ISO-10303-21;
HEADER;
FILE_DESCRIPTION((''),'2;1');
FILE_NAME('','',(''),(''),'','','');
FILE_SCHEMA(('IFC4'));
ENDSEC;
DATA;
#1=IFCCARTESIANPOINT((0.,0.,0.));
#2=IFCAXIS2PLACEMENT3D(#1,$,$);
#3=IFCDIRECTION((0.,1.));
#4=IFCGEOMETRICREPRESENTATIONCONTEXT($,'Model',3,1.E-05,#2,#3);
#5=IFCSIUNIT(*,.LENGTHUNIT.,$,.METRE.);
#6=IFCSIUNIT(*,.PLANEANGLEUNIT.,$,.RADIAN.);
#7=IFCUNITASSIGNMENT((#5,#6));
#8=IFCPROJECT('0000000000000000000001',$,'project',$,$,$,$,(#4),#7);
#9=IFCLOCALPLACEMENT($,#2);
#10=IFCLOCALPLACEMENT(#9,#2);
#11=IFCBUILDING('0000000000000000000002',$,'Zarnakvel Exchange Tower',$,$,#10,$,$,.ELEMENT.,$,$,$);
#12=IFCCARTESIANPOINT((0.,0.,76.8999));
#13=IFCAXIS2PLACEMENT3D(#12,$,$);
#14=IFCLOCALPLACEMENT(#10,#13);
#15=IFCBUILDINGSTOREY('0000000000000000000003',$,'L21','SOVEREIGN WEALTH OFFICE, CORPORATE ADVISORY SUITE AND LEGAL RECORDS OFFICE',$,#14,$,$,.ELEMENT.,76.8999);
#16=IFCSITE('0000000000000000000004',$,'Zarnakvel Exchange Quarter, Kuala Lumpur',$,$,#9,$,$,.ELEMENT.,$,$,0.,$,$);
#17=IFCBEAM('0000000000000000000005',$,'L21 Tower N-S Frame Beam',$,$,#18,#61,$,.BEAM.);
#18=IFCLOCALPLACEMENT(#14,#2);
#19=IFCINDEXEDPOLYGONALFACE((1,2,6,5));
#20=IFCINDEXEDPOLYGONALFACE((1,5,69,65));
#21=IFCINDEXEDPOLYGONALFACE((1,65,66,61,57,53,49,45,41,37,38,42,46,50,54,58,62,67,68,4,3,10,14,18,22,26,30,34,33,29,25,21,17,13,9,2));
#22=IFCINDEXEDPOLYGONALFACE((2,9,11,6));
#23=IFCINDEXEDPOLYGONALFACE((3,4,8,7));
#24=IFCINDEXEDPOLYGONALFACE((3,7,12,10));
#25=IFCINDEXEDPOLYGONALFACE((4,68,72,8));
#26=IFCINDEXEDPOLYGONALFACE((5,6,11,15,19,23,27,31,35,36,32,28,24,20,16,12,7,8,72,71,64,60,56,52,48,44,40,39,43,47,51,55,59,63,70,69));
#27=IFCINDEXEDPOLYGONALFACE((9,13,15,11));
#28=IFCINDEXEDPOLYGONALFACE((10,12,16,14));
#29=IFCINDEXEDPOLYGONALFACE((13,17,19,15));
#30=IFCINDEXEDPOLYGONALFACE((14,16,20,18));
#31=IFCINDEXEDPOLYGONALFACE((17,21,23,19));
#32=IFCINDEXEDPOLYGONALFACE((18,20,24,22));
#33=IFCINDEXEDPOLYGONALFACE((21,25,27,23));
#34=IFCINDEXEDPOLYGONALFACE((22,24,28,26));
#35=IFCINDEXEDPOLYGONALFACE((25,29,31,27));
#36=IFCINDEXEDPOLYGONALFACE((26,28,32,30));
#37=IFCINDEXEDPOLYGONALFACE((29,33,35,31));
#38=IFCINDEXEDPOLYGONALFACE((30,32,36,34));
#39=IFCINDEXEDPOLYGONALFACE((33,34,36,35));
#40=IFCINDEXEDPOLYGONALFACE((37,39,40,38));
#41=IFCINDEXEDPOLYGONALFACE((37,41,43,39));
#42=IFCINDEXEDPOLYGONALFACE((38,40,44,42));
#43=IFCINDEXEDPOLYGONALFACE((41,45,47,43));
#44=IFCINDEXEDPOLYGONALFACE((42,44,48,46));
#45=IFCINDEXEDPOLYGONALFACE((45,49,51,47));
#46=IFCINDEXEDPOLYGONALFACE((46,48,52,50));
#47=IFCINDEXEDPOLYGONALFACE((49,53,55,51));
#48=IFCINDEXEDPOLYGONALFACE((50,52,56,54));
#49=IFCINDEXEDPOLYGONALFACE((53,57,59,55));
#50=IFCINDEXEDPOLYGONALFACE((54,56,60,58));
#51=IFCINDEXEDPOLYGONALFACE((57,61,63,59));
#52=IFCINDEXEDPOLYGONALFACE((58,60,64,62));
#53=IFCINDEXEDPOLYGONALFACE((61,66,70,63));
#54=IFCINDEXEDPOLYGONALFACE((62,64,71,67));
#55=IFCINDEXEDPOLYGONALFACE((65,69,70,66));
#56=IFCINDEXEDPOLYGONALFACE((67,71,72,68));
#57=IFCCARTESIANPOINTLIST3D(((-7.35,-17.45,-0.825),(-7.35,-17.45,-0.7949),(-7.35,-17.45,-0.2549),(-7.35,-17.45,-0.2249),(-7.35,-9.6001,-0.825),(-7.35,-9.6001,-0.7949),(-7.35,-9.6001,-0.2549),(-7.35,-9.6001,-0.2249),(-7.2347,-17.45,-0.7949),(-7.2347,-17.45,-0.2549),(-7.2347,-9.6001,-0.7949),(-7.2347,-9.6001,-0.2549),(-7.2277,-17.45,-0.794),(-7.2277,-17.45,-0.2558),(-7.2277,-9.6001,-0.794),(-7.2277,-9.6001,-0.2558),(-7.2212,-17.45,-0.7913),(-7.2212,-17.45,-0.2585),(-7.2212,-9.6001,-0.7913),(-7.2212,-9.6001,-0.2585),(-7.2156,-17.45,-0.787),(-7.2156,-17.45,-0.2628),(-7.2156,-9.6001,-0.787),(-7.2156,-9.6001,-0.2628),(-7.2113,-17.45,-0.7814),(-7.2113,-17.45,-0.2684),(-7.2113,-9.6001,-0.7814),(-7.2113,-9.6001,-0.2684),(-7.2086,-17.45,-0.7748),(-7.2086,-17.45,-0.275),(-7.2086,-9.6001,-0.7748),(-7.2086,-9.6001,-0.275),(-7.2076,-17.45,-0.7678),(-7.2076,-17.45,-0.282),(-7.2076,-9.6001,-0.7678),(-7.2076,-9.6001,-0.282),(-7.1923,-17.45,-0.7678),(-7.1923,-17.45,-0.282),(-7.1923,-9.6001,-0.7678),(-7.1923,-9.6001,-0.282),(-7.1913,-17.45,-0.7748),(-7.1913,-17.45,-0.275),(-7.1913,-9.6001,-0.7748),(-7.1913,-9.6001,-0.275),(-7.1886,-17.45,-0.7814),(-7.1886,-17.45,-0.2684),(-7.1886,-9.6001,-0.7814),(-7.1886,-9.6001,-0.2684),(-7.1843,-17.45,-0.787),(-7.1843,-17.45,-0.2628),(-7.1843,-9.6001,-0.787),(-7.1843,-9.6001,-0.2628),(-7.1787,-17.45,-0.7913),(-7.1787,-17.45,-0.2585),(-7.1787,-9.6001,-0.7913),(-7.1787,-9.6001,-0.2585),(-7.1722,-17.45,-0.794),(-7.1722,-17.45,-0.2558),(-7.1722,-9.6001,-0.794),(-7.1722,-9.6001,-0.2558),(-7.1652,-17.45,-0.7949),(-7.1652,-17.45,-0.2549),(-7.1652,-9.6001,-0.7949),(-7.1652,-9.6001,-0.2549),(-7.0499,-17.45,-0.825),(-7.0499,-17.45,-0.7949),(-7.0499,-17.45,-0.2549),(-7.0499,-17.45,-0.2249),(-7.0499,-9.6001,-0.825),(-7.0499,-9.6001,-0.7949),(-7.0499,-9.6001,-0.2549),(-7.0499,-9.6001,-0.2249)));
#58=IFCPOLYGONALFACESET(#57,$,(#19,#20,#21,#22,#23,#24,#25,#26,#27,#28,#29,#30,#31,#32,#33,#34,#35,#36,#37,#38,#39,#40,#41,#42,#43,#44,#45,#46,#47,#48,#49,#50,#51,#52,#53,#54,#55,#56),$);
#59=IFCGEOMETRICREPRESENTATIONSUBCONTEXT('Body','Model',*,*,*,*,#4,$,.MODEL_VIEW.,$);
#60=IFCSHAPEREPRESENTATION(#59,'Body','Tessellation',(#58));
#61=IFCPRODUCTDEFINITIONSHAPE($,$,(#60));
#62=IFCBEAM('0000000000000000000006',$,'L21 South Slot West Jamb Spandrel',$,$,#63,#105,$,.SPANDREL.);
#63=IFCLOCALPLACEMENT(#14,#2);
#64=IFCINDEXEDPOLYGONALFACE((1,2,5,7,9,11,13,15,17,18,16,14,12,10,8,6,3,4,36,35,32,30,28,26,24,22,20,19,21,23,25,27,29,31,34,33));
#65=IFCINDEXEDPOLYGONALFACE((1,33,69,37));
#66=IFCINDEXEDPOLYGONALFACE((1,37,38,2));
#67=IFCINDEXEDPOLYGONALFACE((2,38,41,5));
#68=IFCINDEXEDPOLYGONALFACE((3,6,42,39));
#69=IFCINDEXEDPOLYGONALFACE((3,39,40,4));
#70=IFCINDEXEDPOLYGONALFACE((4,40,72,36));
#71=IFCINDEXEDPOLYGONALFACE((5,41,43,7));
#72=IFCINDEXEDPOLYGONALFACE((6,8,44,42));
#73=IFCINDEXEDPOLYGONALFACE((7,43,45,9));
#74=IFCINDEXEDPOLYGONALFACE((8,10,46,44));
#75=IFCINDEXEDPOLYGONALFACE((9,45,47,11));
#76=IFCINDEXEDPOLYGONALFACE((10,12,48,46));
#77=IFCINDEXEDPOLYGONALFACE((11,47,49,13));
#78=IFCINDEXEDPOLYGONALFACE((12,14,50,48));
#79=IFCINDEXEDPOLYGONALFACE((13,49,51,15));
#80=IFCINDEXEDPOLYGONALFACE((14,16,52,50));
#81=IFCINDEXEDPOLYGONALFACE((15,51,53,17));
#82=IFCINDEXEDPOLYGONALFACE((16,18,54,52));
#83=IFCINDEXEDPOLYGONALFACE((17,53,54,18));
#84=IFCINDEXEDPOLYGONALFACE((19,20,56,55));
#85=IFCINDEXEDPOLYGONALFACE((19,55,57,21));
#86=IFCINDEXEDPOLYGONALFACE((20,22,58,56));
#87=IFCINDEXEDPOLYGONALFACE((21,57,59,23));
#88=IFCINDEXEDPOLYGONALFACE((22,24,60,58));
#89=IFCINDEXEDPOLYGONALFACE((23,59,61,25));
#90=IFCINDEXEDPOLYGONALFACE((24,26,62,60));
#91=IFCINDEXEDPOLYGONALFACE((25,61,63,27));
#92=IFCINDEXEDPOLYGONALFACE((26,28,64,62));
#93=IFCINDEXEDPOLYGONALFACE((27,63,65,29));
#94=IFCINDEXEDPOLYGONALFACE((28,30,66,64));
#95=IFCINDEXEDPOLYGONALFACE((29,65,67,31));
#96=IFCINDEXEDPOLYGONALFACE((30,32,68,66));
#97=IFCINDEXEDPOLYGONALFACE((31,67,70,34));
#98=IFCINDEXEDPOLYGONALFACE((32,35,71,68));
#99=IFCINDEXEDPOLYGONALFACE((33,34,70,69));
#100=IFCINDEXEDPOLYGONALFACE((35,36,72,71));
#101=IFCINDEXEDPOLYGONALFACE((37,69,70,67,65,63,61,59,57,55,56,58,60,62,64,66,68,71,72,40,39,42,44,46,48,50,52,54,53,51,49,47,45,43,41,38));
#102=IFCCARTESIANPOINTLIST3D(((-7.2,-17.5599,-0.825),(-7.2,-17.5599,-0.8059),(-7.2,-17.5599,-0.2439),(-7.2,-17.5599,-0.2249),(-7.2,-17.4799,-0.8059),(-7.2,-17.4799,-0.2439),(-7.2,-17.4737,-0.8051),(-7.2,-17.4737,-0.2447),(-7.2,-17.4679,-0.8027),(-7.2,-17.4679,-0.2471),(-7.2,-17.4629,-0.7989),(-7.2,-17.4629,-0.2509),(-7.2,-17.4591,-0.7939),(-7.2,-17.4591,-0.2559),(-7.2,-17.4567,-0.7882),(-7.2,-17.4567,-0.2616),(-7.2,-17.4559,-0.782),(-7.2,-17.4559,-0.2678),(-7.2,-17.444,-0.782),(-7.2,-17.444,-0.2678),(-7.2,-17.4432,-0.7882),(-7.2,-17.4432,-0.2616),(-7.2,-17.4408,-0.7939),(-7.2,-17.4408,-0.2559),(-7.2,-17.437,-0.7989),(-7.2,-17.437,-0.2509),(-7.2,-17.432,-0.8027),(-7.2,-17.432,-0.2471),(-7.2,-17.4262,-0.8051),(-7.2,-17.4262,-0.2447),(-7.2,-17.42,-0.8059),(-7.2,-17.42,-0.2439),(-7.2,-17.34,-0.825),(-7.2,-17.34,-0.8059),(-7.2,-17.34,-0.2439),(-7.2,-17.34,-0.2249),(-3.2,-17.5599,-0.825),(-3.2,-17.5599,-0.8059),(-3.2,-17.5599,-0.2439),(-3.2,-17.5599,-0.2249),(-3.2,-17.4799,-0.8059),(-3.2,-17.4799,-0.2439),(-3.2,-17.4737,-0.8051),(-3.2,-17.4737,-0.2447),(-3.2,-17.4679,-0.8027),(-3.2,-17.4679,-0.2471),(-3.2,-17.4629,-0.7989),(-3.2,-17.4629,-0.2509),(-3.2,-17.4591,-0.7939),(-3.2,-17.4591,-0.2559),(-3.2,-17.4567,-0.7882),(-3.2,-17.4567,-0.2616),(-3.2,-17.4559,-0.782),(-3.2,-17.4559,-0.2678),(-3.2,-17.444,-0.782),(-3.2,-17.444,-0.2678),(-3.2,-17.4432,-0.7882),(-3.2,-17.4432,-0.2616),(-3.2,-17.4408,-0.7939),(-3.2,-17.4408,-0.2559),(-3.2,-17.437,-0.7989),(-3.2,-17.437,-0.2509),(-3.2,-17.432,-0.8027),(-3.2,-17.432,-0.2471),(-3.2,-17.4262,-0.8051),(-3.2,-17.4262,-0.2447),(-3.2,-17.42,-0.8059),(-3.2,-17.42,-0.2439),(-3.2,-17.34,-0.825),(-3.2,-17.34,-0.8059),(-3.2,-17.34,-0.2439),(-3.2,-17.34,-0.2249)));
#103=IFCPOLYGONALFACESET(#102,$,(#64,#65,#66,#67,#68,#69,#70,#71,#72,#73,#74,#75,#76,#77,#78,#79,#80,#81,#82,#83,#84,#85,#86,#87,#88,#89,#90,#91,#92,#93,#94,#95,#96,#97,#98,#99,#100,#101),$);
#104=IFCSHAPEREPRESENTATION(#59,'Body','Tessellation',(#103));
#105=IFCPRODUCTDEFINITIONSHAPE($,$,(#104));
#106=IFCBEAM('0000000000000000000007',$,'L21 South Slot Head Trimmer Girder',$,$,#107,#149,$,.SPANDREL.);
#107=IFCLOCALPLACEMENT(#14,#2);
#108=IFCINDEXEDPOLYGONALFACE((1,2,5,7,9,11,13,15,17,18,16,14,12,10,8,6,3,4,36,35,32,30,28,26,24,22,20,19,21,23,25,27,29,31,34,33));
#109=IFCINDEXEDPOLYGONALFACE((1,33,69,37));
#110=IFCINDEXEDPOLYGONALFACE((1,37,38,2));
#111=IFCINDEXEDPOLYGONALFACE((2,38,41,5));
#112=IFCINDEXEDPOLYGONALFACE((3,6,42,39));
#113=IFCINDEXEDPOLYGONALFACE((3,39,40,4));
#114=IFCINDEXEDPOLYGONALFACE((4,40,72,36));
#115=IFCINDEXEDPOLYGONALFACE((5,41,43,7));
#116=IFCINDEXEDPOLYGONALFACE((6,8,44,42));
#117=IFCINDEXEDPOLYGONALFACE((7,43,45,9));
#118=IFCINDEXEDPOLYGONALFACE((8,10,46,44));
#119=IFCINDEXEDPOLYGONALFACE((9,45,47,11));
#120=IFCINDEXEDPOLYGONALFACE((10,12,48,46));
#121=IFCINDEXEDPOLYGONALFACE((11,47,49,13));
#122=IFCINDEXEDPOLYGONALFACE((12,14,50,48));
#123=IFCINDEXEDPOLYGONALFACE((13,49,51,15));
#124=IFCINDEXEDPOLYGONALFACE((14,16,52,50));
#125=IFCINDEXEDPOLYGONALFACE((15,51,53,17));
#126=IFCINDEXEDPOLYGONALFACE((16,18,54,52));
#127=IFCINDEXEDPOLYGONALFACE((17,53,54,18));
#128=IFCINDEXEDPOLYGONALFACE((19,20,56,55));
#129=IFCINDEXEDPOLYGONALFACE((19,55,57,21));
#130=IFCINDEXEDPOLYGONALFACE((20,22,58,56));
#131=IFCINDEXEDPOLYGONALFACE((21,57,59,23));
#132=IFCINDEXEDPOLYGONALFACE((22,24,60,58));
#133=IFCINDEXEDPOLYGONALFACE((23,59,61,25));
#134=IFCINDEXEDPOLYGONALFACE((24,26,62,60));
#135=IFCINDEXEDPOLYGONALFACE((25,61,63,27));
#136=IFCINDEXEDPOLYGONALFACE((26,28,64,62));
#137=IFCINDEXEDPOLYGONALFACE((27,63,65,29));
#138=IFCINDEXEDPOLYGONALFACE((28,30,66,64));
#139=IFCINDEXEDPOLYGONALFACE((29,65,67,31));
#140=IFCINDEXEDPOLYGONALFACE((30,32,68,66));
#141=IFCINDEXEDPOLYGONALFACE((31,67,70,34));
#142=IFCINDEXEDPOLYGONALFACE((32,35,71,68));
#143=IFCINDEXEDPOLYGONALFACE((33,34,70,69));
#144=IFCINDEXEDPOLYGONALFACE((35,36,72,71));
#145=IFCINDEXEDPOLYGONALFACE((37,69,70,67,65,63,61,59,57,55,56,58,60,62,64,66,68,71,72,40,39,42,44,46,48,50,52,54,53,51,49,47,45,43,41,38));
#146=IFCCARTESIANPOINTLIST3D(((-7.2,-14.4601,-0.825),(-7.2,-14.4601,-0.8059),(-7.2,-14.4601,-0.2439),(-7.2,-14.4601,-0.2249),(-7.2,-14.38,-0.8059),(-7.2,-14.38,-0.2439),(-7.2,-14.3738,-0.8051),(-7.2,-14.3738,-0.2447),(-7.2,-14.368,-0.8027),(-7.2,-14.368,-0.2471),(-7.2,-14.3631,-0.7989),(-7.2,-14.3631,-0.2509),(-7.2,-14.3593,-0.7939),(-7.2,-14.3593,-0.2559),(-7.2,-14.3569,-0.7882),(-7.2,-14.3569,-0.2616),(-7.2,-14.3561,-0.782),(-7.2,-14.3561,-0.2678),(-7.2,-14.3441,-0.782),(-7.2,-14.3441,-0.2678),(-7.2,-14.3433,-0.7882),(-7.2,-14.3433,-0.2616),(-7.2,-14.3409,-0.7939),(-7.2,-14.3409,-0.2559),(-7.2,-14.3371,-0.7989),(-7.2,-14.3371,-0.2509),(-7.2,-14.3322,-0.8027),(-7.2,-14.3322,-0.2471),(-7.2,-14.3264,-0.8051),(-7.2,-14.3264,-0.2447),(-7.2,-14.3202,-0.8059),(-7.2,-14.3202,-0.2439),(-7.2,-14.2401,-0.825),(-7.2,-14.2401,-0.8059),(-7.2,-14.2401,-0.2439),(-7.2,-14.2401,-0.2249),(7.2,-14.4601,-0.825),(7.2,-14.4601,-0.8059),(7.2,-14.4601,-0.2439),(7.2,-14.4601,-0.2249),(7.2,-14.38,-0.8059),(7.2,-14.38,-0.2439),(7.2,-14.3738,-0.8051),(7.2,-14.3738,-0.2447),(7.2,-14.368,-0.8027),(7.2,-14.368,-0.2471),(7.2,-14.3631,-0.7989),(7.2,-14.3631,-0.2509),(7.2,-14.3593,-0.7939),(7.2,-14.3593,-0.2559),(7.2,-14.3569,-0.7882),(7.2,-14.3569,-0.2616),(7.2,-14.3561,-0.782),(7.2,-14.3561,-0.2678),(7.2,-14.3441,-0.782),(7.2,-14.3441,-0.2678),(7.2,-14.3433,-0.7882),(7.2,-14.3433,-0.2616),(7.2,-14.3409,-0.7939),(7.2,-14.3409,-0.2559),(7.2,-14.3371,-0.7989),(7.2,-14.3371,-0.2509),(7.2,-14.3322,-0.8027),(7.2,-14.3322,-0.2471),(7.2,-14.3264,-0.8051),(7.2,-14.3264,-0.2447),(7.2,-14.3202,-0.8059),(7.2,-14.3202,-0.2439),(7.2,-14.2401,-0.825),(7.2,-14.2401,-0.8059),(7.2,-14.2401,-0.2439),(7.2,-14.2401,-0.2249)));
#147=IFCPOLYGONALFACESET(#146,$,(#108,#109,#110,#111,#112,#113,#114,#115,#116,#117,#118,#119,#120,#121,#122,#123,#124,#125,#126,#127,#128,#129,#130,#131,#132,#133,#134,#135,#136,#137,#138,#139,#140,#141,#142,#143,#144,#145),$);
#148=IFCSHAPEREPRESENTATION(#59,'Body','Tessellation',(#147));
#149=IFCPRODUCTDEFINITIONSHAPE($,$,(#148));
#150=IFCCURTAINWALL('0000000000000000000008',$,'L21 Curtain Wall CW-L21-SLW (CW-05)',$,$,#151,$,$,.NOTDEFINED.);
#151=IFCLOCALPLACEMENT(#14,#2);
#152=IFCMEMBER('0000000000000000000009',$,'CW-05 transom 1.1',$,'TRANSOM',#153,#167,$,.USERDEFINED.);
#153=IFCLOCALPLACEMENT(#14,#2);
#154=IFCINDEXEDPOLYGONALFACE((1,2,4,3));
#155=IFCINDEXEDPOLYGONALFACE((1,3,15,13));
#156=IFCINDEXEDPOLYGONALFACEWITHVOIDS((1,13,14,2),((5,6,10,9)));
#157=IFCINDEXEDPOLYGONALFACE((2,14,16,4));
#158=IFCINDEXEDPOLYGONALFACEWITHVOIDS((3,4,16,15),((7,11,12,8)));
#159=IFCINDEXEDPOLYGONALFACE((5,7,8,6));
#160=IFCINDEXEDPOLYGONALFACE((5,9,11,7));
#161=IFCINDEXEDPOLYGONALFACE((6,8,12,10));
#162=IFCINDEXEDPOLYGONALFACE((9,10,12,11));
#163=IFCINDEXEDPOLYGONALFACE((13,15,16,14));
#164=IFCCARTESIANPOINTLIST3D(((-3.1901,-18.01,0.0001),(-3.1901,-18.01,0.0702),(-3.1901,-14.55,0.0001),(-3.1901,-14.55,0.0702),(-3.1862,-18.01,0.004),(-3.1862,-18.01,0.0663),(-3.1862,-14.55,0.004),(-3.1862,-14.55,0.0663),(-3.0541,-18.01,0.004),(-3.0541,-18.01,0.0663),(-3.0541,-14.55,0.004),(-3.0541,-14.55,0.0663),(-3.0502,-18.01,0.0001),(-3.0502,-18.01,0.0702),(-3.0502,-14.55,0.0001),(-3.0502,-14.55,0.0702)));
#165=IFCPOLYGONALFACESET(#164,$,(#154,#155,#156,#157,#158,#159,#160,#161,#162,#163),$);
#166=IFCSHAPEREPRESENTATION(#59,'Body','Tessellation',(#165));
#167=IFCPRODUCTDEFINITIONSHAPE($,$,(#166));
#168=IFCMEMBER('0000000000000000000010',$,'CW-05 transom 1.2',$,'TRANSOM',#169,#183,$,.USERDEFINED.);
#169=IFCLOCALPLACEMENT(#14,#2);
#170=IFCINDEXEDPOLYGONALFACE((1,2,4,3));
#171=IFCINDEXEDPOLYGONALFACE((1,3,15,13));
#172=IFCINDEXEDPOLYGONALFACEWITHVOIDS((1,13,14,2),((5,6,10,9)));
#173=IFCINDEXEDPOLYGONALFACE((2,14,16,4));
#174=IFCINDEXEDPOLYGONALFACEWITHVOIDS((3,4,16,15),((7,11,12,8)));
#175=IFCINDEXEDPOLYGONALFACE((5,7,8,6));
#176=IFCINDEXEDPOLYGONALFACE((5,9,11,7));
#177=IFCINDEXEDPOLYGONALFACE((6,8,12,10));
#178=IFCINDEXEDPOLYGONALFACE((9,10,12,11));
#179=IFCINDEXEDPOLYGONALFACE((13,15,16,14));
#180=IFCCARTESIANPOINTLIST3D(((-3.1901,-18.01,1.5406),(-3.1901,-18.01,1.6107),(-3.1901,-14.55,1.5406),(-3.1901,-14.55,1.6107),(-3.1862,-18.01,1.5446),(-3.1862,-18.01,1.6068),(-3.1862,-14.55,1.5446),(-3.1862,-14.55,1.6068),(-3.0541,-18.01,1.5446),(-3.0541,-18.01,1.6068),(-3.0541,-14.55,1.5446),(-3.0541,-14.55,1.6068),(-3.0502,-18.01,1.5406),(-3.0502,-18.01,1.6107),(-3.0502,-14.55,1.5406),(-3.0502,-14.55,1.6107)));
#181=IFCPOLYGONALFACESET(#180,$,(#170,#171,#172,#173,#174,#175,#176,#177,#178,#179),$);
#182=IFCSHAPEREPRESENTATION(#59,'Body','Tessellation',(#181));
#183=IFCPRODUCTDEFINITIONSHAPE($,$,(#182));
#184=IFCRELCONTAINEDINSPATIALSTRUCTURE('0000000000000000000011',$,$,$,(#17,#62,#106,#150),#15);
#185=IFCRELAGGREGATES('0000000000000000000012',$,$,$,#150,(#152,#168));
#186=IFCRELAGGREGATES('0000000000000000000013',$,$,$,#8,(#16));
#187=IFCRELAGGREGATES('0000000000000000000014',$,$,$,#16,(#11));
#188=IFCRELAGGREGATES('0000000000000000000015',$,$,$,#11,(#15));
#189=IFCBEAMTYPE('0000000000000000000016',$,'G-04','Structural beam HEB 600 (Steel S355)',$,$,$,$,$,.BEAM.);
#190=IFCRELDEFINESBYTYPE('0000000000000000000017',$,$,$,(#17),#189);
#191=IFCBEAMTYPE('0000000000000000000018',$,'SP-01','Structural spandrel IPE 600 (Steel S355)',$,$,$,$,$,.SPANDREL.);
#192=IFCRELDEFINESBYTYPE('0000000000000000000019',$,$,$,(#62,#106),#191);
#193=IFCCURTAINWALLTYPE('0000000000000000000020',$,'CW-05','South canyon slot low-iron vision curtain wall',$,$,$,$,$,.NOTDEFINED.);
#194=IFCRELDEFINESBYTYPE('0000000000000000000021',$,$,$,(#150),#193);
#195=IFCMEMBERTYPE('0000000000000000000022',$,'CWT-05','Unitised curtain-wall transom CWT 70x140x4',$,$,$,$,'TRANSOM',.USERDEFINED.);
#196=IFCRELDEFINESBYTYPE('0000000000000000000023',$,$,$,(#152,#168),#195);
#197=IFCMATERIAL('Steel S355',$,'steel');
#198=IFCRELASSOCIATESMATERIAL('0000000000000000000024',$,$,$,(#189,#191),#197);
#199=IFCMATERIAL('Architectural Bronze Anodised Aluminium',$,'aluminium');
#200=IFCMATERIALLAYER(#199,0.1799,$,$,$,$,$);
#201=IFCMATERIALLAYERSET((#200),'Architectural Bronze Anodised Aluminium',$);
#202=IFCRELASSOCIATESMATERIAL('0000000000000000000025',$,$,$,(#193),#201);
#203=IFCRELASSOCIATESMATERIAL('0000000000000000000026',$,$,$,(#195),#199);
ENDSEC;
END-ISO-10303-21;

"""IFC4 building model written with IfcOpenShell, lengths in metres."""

from ifc_helpers import new_model, si_unit, direction, frame, origin, origin_2d, place, context, subcontext, project, spatial, hollow_rectangle, i_section, extrude, source, transform, mapped, material, layer, layer_set, material_profile, profile_set, type_object, element, aggregate, save


model = new_model("IFC4")

# Units and contexts
model_context = context("Model", 3, precision=1e-05, world=origin(), true_north=direction((0.0, 1.0)))
body_context = subcontext(model_context, "Body", "Model", "MODEL_VIEW")
ifc_project = project(units=[si_unit("LENGTHUNIT", "METRE"), si_unit("PLANEANGLEUNIT", "RADIAN")], contexts=[model_context])

# Site, building, storey
site_placement = place(None, origin())
site = spatial("IfcSite", under=ifc_project, at=site_placement, Name="Zarnakvel Exchange Quarter, Kuala Lumpur", CompositionType="ELEMENT", RefElevation=0.0)
building_placement = place(site_placement, origin())
building = spatial("IfcBuilding", under=site, at=building_placement, Name="Zarnakvel Exchange Tower", CompositionType="ELEMENT")
storey_placement = place(building_placement, frame((0.0, 0.0, 76.8999)))
storey = spatial("IfcBuildingStorey", under=building, at=storey_placement, Name="L21", Description="SOVEREIGN WEALTH OFFICE, CORPORATE ADVISORY SUITE AND LEGAL RECORDS OFFICE", CompositionType="ELEMENT", Elevation=76.8999)

# Beams
ifc_material_1 = material(Name="Steel S355", Category="steel")
ifc_material_profile_1 = material_profile(ifc_material_1, i_section(OverallWidth=0.3, OverallDepth=0.6001, WebThickness=0.0154, FlangeThickness=0.03, FilletRadius=0.0271, at=origin_2d()))
ifc_profile_set_1 = profile_set([ifc_material_profile_1], Name="Steel S355")
beam_type_1 = type_object("IfcBeamType", Name="G-04", Description="Structural beam HEB 600 (Steel S355)", PredefinedType="BEAM", material=ifc_profile_set_1)
for number, where, z_axis, x_axis, name in (
    (1, (-7.2, -17.45, -0.5249), (0.0, 1.0, 0.0), (-1.0, 0.0, 0.0), "L21 Tower N-S Frame Beam"),
):
    element("IfcBeam", number, at=place(storey_placement, frame(where, z_axis=z_axis, x_axis=x_axis)), inside=storey, type_object=beam_type_1, Name=name, PredefinedType="BEAM", context=body_context, shape_type="SweptSolid", body=[
        extrude(i_section(OverallWidth=0.3, OverallDepth=0.6001, WebThickness=0.0154, FlangeThickness=0.03, FilletRadius=0.0271, at=origin_2d()), origin(), (0.0, 0.0, 1.0), 7.8499),
    ])
ifc_material_profile_2 = material_profile(ifc_material_1, i_section(OverallWidth=0.22, OverallDepth=0.6001, WebThickness=0.012, FlangeThickness=0.019, FilletRadius=0.0239, at=origin_2d()))
ifc_profile_set_2 = profile_set([ifc_material_profile_2], Name="Steel S355")
beam_type_2 = type_object("IfcBeamType", Name="SP-01", Description="Structural spandrel IPE 600 (Steel S355)", PredefinedType="SPANDREL", material=ifc_profile_set_2)
beam_1_placement = place(storey_placement, frame((-7.2, -17.45, -0.5249), z_axis=(1.0, 0.0, 0.0), x_axis=(0.0, 1.0, 0.0)))
element("IfcBeam", 2, at=beam_1_placement, inside=storey, type_object=beam_type_2, Name="L21 South Slot West Jamb Spandrel", PredefinedType="SPANDREL", context=body_context, shape_type="SweptSolid", body=[
    extrude(i_section(OverallWidth=0.22, OverallDepth=0.6001, WebThickness=0.012, FlangeThickness=0.019, FilletRadius=0.0239, at=origin_2d()), origin(), (0.0, 0.0, 1.0), 4.0),
])
beam_2_placement = place(storey_placement, frame((-7.2, -14.3501, -0.5249), z_axis=(1.0, 0.0, 0.0), x_axis=(0.0, 1.0, 0.0)))
element("IfcBeam", 3, at=beam_2_placement, inside=storey, type_object=beam_type_2, Name="L21 South Slot Head Trimmer Girder", PredefinedType="SPANDREL", context=body_context, shape_type="SweptSolid", body=[
    extrude(i_section(OverallWidth=0.22, OverallDepth=0.6001, WebThickness=0.012, FlangeThickness=0.019, FilletRadius=0.0239, at=origin_2d()), origin(), (0.0, 0.0, 1.0), 14.3999),
])

# Curtain wall, members
ifc_material_2 = material(Name="Architectural Bronze Anodised Aluminium", Category="aluminium")
ifc_layer_1 = layer(ifc_material_2, 0.1799)
ifc_layer_set_1 = layer_set([ifc_layer_1], Name="Architectural Bronze Anodised Aluminium")
curtain_wall_type = type_object("IfcCurtainWallType", Name="CW-05", Description="South canyon slot low-iron vision curtain wall", PredefinedType="NOTDEFINED", material=ifc_layer_set_1)
curtain_wall_1_placement = place(storey_placement, origin())
curtain_wall_1 = element("IfcCurtainWall", 4, at=curtain_wall_1_placement, inside=storey, type_object=curtain_wall_type, Name="L21 Curtain Wall CW-L21-SLW (CW-05)", PredefinedType="NOTDEFINED")
ifc_material_profile_3 = material_profile(ifc_material_2, hollow_rectangle(XDim=0.1399, YDim=0.0701, WallThickness=0.0039, at=origin_2d()))
ifc_profile_set_3 = profile_set([ifc_material_profile_3], Name="Architectural Bronze Anodised Aluminium")
member_type_1 = type_object("IfcMemberType", Name="CWT-05", Description="Unitised curtain-wall transom CWT 70x140x4", ElementType="TRANSOM", PredefinedType="USERDEFINED", material=ifc_profile_set_3)
shared_shape_1 = source(origin(), body_context, "Body", "SweptSolid", [
    extrude(hollow_rectangle(XDim=0.1399, YDim=0.0701, WallThickness=0.0039, at=origin_2d()), origin(), (0.0, 0.0, 1.0), 3.46),
])
member_1_placement = place(storey_placement, frame((-3.1201, -18.01, 0.0352), z_axis=(0.0, 1.0, 0.0), x_axis=(-1.0, 0.0, 0.0)))
member_1 = element("IfcMember", 5, at=member_1_placement, type_object=member_type_1, Name="CW-05 transom 1.1", ObjectType="TRANSOM", PredefinedType="USERDEFINED", context=body_context, shape_type="MappedRepresentation", body=[
    mapped(shared_shape_1, transform((0.0, 0.0, 0.0), x_axis=(1.0, 0.0, 0.0), y_axis=(0.0, 1.0, 0.0), z_axis=(0.0, 0.0, 1.0), scale=1.0)),
])
member_2_placement = place(storey_placement, frame((-3.1201, -18.01, 1.5757), z_axis=(0.0, 1.0, 0.0), x_axis=(-1.0, 0.0, 0.0)))
member_2 = element("IfcMember", 6, at=member_2_placement, type_object=member_type_1, Name="CW-05 transom 1.2", ObjectType="TRANSOM", PredefinedType="USERDEFINED", context=body_context, shape_type="MappedRepresentation", body=[
    mapped(shared_shape_1, transform((0.0, 0.0, 0.0), x_axis=(1.0, 0.0, 0.0), y_axis=(0.0, 1.0, 0.0), z_axis=(0.0, 0.0, 1.0), scale=1.0)),
])

aggregate(curtain_wall_1, [member_1, member_2])

save(model, "model.ifc")
